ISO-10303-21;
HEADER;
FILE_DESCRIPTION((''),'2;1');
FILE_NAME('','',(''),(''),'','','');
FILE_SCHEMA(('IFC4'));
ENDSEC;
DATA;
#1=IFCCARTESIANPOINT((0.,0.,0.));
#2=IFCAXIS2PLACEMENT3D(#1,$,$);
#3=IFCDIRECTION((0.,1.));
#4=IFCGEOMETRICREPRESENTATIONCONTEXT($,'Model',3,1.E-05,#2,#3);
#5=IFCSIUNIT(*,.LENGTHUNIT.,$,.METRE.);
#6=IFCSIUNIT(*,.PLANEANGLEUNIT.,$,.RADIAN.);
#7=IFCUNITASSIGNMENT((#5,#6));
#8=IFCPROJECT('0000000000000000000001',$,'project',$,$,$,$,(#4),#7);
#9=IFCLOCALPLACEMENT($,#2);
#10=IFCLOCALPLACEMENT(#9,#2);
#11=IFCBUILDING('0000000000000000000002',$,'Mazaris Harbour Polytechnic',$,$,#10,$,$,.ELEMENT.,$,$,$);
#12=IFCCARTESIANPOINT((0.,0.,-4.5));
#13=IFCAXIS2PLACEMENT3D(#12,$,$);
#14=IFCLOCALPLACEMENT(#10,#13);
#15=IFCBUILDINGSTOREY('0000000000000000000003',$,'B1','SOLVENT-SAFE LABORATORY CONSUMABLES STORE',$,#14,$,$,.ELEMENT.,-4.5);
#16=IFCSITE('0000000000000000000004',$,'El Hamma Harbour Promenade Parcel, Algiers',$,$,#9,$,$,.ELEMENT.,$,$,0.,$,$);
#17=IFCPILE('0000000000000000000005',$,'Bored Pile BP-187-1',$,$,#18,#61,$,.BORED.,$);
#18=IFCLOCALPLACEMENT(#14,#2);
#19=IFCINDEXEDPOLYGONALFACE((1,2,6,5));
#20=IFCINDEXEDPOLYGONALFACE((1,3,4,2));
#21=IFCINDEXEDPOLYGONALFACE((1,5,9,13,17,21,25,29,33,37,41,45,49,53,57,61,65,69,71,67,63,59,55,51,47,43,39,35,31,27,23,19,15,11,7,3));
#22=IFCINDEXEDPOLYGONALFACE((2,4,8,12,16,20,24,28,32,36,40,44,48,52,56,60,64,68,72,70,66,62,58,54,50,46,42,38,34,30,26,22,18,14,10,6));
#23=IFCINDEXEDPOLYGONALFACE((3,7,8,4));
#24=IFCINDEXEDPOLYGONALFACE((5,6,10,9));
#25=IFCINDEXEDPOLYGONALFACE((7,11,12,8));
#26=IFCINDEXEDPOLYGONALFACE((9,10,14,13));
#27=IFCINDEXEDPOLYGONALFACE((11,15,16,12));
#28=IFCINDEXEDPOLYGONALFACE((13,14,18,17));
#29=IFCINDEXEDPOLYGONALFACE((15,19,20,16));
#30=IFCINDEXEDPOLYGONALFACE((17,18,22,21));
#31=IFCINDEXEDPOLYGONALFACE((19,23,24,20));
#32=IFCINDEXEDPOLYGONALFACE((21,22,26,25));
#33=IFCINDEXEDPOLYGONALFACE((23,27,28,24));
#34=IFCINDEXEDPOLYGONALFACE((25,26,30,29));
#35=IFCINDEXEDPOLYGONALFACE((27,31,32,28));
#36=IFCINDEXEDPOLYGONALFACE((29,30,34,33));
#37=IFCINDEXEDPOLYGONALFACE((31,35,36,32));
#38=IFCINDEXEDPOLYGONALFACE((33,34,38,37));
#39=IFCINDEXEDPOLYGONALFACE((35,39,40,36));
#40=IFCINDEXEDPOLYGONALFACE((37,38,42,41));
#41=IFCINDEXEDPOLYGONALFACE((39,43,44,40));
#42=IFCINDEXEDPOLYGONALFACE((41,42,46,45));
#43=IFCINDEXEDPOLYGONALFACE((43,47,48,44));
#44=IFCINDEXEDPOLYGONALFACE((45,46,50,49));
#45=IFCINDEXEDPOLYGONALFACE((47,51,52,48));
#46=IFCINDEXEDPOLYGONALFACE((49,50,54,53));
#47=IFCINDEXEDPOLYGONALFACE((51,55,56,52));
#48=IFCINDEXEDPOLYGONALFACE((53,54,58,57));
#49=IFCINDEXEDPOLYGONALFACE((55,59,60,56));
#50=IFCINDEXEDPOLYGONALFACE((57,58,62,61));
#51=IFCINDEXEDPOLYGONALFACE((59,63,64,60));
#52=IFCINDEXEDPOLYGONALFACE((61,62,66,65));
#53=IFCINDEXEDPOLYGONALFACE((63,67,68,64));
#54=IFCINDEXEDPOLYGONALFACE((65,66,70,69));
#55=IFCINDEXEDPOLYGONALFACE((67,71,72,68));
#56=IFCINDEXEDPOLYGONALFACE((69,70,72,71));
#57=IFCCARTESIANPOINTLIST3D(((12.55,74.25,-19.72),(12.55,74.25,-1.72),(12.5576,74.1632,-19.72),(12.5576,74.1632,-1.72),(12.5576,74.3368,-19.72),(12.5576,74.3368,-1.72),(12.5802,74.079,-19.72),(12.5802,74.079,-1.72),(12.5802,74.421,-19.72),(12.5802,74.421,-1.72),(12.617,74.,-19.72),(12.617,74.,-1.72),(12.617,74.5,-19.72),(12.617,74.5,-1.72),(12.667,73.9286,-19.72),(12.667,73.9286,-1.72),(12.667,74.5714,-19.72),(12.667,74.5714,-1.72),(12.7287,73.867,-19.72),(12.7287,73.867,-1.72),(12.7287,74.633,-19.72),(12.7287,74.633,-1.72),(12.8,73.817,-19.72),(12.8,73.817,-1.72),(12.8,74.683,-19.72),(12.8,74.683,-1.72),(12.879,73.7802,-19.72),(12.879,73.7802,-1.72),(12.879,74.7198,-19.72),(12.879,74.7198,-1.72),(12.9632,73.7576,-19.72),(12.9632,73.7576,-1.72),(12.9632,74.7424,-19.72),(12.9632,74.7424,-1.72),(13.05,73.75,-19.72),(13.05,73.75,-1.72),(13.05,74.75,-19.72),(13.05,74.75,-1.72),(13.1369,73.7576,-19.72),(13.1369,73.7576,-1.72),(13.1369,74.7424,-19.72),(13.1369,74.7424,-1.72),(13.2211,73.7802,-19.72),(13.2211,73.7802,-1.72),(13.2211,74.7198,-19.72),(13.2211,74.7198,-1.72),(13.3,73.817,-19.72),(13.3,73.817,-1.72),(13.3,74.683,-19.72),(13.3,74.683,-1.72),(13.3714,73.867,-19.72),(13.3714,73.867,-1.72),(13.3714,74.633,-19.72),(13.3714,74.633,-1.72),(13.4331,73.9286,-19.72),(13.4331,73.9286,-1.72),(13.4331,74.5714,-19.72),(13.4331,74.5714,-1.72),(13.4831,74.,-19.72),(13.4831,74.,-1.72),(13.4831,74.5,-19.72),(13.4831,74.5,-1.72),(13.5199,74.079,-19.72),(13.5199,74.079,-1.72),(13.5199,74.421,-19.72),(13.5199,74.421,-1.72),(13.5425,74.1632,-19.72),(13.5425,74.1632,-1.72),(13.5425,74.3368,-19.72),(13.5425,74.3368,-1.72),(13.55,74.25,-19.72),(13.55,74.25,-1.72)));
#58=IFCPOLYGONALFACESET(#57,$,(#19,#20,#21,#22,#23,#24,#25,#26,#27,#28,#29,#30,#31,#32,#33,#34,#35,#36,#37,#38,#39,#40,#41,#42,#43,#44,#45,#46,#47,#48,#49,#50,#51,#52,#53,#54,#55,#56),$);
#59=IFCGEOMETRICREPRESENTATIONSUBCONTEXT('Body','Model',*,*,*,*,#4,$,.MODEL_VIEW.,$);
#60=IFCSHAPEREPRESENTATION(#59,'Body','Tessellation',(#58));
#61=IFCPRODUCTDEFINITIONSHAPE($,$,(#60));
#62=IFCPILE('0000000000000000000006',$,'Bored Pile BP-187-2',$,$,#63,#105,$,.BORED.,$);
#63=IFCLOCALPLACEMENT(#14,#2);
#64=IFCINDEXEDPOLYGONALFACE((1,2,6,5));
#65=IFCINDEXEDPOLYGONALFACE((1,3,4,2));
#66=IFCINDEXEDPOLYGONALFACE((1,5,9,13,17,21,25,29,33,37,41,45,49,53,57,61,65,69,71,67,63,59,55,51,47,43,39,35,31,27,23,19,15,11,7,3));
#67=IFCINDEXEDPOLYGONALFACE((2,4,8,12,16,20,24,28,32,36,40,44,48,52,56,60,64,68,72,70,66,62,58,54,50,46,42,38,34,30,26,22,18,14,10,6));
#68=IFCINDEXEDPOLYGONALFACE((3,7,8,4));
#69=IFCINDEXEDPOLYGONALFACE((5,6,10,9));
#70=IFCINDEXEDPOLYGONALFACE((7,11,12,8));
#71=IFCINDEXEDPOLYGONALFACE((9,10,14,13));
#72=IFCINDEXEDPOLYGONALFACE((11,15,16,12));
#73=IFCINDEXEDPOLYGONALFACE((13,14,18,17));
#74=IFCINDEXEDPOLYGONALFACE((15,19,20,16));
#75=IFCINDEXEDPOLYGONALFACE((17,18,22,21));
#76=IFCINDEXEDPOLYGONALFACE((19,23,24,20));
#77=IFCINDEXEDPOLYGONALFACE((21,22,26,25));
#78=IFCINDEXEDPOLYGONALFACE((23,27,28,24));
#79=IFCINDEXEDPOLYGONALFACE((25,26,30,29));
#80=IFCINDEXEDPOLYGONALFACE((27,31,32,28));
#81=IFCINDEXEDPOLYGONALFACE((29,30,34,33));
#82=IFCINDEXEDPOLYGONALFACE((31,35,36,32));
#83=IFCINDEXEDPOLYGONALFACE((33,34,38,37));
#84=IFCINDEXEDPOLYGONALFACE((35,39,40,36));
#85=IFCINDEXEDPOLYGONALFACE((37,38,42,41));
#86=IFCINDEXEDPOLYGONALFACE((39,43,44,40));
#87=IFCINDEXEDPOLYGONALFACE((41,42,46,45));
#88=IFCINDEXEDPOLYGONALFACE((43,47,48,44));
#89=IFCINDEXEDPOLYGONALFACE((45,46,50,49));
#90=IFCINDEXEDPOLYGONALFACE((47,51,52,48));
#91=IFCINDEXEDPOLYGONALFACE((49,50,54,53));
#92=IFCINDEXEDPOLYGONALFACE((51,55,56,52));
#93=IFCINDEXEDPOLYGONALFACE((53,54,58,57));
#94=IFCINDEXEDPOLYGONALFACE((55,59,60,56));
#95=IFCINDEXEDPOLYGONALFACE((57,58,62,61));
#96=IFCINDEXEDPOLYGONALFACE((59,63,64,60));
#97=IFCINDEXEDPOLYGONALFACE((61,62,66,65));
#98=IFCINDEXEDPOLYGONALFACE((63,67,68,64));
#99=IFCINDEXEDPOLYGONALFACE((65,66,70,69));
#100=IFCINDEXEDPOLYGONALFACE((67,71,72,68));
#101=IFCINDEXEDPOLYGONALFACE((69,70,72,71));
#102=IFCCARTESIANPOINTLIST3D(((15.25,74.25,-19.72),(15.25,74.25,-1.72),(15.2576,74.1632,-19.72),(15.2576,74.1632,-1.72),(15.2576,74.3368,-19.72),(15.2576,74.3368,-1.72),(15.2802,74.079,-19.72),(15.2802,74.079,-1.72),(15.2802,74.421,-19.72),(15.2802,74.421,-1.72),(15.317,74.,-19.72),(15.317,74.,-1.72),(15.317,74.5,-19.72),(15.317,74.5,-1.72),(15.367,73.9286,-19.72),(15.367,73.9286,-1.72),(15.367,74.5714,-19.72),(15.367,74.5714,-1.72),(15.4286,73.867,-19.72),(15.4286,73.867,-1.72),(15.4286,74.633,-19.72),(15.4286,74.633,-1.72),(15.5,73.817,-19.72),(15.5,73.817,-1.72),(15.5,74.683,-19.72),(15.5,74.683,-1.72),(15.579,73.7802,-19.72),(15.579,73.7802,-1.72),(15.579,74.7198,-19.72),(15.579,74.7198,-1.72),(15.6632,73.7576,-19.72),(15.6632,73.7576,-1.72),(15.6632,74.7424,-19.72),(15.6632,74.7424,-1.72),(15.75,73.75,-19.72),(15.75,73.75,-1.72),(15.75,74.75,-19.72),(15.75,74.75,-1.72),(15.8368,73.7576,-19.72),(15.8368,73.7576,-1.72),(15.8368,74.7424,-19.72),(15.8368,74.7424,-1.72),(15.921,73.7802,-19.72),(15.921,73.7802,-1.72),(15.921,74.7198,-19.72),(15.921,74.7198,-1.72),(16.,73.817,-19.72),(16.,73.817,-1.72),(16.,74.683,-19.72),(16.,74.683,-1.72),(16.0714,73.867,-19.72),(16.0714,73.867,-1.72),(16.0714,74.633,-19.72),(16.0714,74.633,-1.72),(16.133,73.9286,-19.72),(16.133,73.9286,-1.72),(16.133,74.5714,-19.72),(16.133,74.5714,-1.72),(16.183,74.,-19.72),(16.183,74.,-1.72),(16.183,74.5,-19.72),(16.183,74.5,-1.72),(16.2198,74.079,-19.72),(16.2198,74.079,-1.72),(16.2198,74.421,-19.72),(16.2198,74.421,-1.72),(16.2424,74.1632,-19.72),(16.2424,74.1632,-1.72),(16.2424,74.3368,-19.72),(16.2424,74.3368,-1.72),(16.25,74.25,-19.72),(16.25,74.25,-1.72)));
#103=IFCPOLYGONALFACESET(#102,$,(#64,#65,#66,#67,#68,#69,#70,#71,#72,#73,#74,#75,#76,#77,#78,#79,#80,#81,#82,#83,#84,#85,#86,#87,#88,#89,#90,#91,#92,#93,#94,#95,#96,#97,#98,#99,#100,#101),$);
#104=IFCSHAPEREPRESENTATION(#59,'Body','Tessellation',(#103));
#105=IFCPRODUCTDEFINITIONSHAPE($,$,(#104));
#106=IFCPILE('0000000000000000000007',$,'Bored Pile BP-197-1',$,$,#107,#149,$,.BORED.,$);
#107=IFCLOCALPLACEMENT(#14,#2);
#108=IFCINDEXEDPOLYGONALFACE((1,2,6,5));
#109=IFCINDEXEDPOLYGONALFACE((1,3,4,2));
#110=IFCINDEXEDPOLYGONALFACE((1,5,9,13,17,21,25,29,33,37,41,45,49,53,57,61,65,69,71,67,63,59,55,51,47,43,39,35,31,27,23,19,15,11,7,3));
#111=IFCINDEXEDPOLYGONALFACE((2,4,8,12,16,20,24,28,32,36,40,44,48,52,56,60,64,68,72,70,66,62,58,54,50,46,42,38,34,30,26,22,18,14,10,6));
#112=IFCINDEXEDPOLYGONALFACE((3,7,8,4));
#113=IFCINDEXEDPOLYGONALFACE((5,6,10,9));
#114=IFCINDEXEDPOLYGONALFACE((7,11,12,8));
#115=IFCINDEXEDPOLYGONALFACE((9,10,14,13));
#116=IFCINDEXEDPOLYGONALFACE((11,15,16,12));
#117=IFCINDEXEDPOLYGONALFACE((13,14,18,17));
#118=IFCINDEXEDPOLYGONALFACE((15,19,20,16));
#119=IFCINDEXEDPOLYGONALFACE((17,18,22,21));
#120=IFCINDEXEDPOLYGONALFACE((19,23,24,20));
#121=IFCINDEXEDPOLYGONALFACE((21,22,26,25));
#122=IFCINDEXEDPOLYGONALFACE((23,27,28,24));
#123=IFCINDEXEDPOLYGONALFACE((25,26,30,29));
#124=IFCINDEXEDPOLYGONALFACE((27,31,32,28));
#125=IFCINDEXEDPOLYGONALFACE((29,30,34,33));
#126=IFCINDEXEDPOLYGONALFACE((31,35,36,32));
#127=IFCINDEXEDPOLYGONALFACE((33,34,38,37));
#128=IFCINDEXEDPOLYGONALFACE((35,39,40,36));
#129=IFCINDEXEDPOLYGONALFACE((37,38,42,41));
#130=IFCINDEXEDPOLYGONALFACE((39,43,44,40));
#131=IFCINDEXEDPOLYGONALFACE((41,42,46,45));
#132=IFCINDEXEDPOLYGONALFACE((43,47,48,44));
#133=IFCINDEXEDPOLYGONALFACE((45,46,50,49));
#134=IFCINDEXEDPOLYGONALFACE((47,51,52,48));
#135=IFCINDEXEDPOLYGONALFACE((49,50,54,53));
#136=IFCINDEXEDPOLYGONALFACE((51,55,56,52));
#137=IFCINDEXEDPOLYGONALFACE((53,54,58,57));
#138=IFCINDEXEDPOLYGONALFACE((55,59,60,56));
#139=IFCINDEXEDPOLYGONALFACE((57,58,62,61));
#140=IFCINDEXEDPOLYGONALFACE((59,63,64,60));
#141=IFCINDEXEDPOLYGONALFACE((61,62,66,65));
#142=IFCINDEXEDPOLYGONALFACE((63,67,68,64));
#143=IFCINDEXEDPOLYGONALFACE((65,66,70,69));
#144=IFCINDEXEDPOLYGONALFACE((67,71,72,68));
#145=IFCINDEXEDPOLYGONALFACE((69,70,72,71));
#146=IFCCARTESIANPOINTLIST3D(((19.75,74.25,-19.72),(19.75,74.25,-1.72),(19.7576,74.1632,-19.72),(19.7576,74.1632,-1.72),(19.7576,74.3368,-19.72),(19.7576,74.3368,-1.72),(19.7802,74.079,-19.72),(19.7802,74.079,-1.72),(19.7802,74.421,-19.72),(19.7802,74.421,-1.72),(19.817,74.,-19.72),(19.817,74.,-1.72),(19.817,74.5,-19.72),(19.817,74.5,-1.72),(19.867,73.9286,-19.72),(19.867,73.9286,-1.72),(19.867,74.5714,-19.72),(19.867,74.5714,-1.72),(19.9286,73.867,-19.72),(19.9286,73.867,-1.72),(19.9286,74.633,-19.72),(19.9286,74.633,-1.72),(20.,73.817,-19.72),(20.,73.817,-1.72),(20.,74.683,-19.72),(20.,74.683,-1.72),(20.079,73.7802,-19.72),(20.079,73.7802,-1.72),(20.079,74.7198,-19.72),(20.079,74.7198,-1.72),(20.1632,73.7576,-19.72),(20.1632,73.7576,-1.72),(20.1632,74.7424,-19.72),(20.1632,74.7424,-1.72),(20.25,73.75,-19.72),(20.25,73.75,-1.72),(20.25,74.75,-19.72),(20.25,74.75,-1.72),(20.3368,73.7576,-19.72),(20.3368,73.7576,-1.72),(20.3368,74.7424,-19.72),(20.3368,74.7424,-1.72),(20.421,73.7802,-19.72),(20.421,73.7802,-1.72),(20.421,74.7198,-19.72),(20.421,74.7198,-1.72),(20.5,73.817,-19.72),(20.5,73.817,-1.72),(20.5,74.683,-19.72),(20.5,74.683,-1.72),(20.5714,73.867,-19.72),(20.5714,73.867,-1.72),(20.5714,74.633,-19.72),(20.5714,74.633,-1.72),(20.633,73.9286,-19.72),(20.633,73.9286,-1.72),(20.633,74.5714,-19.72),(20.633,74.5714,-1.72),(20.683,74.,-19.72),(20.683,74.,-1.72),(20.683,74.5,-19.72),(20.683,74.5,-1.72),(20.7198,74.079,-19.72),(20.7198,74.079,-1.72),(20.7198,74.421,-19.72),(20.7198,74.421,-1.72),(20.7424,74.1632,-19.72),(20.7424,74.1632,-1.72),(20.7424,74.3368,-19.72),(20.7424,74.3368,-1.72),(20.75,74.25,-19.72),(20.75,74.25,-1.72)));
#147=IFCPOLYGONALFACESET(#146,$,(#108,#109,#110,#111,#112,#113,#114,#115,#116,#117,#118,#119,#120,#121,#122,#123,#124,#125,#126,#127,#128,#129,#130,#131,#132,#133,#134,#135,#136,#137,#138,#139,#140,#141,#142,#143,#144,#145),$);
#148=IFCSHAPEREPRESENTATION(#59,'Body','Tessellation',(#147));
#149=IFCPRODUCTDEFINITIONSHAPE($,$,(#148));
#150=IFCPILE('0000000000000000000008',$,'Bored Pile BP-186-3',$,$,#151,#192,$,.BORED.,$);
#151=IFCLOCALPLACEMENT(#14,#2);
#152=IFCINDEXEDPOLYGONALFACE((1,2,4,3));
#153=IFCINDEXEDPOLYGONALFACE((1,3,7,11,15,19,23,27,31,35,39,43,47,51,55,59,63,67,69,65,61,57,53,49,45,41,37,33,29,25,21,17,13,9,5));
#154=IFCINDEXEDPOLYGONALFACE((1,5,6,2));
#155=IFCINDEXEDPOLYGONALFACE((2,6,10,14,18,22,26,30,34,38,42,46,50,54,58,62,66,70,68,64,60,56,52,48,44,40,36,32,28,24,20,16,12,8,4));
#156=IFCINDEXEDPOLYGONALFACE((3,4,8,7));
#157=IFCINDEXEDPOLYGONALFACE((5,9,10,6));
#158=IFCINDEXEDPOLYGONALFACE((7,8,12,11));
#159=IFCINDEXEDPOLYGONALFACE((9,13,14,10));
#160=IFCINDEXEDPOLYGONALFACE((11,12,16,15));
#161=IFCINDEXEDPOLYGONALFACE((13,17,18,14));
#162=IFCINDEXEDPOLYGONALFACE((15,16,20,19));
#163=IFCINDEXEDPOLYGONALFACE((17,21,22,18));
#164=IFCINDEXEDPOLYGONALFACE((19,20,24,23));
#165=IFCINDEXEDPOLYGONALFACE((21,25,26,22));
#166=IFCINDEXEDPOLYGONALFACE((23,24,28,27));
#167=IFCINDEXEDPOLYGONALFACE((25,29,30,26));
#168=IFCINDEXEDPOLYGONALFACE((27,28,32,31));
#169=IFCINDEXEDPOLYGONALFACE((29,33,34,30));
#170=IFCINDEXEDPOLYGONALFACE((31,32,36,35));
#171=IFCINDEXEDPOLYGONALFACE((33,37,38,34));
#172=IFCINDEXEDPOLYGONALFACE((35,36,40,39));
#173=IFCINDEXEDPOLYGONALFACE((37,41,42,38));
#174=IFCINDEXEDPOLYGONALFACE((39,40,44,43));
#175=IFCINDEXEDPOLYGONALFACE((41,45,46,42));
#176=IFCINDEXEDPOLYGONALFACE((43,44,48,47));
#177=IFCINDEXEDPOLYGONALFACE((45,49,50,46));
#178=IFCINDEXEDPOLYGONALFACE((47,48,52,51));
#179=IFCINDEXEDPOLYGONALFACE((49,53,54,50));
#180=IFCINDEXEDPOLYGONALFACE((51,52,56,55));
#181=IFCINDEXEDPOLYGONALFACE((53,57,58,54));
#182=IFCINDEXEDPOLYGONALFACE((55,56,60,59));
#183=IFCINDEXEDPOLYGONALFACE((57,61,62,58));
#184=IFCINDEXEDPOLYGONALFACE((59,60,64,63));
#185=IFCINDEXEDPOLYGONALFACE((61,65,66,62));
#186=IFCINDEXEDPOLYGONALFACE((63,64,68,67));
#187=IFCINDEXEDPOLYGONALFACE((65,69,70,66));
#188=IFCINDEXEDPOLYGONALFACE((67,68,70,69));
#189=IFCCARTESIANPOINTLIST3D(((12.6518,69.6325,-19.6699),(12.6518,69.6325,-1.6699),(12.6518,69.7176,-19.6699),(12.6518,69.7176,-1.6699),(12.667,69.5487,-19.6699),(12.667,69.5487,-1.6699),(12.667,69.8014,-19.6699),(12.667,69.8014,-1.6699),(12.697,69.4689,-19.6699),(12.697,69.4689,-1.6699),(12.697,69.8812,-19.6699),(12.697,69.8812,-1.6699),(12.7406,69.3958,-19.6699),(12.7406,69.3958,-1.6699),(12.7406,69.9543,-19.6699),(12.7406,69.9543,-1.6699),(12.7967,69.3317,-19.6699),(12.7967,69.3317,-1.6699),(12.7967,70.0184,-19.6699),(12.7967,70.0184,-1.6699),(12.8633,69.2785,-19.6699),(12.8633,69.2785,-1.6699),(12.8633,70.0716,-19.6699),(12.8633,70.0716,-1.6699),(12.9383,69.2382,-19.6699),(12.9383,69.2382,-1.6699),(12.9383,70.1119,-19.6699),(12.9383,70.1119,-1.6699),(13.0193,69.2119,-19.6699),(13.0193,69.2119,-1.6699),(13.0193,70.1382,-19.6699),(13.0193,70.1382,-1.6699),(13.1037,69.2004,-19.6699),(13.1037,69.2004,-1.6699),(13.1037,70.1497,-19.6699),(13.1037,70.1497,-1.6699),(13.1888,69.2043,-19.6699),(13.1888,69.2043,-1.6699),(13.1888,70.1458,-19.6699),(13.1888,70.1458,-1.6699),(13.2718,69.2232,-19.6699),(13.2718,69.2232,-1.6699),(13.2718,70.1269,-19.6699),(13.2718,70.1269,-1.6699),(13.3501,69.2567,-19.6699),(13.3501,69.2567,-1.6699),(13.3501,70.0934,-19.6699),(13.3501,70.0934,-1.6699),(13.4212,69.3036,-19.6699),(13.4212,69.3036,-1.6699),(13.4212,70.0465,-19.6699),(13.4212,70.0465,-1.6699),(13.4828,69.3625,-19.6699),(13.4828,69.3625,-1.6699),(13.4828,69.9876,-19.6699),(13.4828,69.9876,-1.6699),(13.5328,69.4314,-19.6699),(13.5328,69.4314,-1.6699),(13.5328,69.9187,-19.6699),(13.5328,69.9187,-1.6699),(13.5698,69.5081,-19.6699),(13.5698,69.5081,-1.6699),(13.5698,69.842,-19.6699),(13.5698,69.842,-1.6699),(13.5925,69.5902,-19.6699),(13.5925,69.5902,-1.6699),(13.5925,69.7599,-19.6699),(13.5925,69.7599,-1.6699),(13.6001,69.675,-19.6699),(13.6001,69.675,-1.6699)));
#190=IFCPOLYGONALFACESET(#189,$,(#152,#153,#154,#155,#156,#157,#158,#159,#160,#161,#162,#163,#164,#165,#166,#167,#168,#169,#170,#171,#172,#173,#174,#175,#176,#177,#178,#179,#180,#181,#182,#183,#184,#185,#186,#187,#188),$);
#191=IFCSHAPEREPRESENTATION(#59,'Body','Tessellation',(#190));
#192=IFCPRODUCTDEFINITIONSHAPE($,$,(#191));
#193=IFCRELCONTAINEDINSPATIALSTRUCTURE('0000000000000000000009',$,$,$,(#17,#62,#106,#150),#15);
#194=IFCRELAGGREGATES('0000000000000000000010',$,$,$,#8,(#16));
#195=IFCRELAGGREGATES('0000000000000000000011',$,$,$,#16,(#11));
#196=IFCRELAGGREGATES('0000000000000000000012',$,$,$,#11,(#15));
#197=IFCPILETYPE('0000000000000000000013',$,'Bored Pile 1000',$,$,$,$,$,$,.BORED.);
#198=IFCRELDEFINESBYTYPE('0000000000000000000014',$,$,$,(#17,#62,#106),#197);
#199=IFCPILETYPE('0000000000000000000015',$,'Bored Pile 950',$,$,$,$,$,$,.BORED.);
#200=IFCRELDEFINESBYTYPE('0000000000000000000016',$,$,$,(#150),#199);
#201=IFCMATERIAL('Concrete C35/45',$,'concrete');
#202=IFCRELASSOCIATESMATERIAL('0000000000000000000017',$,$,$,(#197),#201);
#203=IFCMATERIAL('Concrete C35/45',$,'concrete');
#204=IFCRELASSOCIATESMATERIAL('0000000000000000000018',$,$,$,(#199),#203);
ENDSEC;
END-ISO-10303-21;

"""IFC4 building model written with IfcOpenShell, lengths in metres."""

from ifc_helpers import new_model, si_unit, direction, frame, origin, origin_2d, place, context, subcontext, project, spatial, circle, extrude, material, material_profile, profile_set, type_object, element, save


model = new_model("IFC4")

# Units and contexts
model_context = context("Model", 3, precision=1e-05, world=origin(), true_north=direction((0.0, 1.0)))
body_context = subcontext(model_context, "Body", "Model", "MODEL_VIEW")
ifc_project = project(units=[si_unit("LENGTHUNIT", "METRE"), si_unit("PLANEANGLEUNIT", "RADIAN")], contexts=[model_context])

# Site, building, storey
site_placement = place(None, origin())
site = spatial("IfcSite", under=ifc_project, at=site_placement, Name="El Hamma Harbour Promenade Parcel, Algiers", CompositionType="ELEMENT", RefElevation=0.0)
building_placement = place(site_placement, origin())
building = spatial("IfcBuilding", under=site, at=building_placement, Name="Mazaris Harbour Polytechnic", CompositionType="ELEMENT")
storey_placement = place(building_placement, frame((0.0, 0.0, -4.5)))
storey = spatial("IfcBuildingStorey", under=building, at=storey_placement, Name="B1", Description="SOLVENT-SAFE LABORATORY CONSUMABLES STORE", CompositionType="ELEMENT", Elevation=-4.5)

# Piles
ifc_material_1 = material(Name="Concrete C35/45", Category="concrete")
ifc_material_profile_1 = material_profile(ifc_material_1, circle(Radius=0.5, at=origin_2d()), Name="DIA1000")
ifc_profile_set_1 = profile_set([ifc_material_profile_1], Name="Concrete C35/45")
pile_type_1 = type_object("IfcPileType", Name="Bored Pile 1000", PredefinedType="BORED", material=ifc_profile_set_1)
for number, where, z_axis, x_axis, name in (
    (1, (13.05, 74.25, -1.72), (0.0, 0.0, -1.0), (1.0, 0.0, 0.0), "Bored Pile BP-187-1"),
    (2, (15.75, 74.25, -1.72), (0.0, 0.0, -1.0), (1.0, 0.0, 0.0), "Bored Pile BP-187-2"),
    (3, (20.25, 74.25, -1.72), (0.0, 0.0, -1.0), (1.0, 0.0, 0.0), "Bored Pile BP-197-1"),
):
    element("IfcPile", number, at=place(storey_placement, frame(where, z_axis=z_axis, x_axis=x_axis)), inside=storey, type_object=pile_type_1, Name=name, PredefinedType="BORED", context=body_context, shape_type="SweptSolid", body=[
        extrude(circle(Radius=0.5, at=origin_2d()), origin(), (0.0, 0.0, 1.0), 18.0),
    ])
ifc_material_2 = material(Name="Concrete C35/45", Category="concrete")
ifc_material_profile_2 = material_profile(ifc_material_2, circle(Radius=0.4751, at=origin_2d()), Name="DIA950")
ifc_profile_set_2 = profile_set([ifc_material_profile_2], Name="Concrete C35/45")
pile_type_2 = type_object("IfcPileType", Name="Bored Pile 950", PredefinedType="BORED", material=ifc_profile_set_2)
for number, where, z_axis, x_axis, name in (
    (4, (13.125, 69.675, -1.6699), (0.0, 0.0, -1.0), (1.0, 0.0, 0.0), "Bored Pile BP-186-3"),
):
    element("IfcPile", number, at=place(storey_placement, frame(where, z_axis=z_axis, x_axis=x_axis)), inside=storey, type_object=pile_type_2, Name=name, PredefinedType="BORED", context=body_context, shape_type="SweptSolid", body=[
        extrude(circle(Radius=0.4751, at=origin_2d()), origin(), (0.0, 0.0, 1.0), 18.0),
    ])

save(model, "model.ifc")
